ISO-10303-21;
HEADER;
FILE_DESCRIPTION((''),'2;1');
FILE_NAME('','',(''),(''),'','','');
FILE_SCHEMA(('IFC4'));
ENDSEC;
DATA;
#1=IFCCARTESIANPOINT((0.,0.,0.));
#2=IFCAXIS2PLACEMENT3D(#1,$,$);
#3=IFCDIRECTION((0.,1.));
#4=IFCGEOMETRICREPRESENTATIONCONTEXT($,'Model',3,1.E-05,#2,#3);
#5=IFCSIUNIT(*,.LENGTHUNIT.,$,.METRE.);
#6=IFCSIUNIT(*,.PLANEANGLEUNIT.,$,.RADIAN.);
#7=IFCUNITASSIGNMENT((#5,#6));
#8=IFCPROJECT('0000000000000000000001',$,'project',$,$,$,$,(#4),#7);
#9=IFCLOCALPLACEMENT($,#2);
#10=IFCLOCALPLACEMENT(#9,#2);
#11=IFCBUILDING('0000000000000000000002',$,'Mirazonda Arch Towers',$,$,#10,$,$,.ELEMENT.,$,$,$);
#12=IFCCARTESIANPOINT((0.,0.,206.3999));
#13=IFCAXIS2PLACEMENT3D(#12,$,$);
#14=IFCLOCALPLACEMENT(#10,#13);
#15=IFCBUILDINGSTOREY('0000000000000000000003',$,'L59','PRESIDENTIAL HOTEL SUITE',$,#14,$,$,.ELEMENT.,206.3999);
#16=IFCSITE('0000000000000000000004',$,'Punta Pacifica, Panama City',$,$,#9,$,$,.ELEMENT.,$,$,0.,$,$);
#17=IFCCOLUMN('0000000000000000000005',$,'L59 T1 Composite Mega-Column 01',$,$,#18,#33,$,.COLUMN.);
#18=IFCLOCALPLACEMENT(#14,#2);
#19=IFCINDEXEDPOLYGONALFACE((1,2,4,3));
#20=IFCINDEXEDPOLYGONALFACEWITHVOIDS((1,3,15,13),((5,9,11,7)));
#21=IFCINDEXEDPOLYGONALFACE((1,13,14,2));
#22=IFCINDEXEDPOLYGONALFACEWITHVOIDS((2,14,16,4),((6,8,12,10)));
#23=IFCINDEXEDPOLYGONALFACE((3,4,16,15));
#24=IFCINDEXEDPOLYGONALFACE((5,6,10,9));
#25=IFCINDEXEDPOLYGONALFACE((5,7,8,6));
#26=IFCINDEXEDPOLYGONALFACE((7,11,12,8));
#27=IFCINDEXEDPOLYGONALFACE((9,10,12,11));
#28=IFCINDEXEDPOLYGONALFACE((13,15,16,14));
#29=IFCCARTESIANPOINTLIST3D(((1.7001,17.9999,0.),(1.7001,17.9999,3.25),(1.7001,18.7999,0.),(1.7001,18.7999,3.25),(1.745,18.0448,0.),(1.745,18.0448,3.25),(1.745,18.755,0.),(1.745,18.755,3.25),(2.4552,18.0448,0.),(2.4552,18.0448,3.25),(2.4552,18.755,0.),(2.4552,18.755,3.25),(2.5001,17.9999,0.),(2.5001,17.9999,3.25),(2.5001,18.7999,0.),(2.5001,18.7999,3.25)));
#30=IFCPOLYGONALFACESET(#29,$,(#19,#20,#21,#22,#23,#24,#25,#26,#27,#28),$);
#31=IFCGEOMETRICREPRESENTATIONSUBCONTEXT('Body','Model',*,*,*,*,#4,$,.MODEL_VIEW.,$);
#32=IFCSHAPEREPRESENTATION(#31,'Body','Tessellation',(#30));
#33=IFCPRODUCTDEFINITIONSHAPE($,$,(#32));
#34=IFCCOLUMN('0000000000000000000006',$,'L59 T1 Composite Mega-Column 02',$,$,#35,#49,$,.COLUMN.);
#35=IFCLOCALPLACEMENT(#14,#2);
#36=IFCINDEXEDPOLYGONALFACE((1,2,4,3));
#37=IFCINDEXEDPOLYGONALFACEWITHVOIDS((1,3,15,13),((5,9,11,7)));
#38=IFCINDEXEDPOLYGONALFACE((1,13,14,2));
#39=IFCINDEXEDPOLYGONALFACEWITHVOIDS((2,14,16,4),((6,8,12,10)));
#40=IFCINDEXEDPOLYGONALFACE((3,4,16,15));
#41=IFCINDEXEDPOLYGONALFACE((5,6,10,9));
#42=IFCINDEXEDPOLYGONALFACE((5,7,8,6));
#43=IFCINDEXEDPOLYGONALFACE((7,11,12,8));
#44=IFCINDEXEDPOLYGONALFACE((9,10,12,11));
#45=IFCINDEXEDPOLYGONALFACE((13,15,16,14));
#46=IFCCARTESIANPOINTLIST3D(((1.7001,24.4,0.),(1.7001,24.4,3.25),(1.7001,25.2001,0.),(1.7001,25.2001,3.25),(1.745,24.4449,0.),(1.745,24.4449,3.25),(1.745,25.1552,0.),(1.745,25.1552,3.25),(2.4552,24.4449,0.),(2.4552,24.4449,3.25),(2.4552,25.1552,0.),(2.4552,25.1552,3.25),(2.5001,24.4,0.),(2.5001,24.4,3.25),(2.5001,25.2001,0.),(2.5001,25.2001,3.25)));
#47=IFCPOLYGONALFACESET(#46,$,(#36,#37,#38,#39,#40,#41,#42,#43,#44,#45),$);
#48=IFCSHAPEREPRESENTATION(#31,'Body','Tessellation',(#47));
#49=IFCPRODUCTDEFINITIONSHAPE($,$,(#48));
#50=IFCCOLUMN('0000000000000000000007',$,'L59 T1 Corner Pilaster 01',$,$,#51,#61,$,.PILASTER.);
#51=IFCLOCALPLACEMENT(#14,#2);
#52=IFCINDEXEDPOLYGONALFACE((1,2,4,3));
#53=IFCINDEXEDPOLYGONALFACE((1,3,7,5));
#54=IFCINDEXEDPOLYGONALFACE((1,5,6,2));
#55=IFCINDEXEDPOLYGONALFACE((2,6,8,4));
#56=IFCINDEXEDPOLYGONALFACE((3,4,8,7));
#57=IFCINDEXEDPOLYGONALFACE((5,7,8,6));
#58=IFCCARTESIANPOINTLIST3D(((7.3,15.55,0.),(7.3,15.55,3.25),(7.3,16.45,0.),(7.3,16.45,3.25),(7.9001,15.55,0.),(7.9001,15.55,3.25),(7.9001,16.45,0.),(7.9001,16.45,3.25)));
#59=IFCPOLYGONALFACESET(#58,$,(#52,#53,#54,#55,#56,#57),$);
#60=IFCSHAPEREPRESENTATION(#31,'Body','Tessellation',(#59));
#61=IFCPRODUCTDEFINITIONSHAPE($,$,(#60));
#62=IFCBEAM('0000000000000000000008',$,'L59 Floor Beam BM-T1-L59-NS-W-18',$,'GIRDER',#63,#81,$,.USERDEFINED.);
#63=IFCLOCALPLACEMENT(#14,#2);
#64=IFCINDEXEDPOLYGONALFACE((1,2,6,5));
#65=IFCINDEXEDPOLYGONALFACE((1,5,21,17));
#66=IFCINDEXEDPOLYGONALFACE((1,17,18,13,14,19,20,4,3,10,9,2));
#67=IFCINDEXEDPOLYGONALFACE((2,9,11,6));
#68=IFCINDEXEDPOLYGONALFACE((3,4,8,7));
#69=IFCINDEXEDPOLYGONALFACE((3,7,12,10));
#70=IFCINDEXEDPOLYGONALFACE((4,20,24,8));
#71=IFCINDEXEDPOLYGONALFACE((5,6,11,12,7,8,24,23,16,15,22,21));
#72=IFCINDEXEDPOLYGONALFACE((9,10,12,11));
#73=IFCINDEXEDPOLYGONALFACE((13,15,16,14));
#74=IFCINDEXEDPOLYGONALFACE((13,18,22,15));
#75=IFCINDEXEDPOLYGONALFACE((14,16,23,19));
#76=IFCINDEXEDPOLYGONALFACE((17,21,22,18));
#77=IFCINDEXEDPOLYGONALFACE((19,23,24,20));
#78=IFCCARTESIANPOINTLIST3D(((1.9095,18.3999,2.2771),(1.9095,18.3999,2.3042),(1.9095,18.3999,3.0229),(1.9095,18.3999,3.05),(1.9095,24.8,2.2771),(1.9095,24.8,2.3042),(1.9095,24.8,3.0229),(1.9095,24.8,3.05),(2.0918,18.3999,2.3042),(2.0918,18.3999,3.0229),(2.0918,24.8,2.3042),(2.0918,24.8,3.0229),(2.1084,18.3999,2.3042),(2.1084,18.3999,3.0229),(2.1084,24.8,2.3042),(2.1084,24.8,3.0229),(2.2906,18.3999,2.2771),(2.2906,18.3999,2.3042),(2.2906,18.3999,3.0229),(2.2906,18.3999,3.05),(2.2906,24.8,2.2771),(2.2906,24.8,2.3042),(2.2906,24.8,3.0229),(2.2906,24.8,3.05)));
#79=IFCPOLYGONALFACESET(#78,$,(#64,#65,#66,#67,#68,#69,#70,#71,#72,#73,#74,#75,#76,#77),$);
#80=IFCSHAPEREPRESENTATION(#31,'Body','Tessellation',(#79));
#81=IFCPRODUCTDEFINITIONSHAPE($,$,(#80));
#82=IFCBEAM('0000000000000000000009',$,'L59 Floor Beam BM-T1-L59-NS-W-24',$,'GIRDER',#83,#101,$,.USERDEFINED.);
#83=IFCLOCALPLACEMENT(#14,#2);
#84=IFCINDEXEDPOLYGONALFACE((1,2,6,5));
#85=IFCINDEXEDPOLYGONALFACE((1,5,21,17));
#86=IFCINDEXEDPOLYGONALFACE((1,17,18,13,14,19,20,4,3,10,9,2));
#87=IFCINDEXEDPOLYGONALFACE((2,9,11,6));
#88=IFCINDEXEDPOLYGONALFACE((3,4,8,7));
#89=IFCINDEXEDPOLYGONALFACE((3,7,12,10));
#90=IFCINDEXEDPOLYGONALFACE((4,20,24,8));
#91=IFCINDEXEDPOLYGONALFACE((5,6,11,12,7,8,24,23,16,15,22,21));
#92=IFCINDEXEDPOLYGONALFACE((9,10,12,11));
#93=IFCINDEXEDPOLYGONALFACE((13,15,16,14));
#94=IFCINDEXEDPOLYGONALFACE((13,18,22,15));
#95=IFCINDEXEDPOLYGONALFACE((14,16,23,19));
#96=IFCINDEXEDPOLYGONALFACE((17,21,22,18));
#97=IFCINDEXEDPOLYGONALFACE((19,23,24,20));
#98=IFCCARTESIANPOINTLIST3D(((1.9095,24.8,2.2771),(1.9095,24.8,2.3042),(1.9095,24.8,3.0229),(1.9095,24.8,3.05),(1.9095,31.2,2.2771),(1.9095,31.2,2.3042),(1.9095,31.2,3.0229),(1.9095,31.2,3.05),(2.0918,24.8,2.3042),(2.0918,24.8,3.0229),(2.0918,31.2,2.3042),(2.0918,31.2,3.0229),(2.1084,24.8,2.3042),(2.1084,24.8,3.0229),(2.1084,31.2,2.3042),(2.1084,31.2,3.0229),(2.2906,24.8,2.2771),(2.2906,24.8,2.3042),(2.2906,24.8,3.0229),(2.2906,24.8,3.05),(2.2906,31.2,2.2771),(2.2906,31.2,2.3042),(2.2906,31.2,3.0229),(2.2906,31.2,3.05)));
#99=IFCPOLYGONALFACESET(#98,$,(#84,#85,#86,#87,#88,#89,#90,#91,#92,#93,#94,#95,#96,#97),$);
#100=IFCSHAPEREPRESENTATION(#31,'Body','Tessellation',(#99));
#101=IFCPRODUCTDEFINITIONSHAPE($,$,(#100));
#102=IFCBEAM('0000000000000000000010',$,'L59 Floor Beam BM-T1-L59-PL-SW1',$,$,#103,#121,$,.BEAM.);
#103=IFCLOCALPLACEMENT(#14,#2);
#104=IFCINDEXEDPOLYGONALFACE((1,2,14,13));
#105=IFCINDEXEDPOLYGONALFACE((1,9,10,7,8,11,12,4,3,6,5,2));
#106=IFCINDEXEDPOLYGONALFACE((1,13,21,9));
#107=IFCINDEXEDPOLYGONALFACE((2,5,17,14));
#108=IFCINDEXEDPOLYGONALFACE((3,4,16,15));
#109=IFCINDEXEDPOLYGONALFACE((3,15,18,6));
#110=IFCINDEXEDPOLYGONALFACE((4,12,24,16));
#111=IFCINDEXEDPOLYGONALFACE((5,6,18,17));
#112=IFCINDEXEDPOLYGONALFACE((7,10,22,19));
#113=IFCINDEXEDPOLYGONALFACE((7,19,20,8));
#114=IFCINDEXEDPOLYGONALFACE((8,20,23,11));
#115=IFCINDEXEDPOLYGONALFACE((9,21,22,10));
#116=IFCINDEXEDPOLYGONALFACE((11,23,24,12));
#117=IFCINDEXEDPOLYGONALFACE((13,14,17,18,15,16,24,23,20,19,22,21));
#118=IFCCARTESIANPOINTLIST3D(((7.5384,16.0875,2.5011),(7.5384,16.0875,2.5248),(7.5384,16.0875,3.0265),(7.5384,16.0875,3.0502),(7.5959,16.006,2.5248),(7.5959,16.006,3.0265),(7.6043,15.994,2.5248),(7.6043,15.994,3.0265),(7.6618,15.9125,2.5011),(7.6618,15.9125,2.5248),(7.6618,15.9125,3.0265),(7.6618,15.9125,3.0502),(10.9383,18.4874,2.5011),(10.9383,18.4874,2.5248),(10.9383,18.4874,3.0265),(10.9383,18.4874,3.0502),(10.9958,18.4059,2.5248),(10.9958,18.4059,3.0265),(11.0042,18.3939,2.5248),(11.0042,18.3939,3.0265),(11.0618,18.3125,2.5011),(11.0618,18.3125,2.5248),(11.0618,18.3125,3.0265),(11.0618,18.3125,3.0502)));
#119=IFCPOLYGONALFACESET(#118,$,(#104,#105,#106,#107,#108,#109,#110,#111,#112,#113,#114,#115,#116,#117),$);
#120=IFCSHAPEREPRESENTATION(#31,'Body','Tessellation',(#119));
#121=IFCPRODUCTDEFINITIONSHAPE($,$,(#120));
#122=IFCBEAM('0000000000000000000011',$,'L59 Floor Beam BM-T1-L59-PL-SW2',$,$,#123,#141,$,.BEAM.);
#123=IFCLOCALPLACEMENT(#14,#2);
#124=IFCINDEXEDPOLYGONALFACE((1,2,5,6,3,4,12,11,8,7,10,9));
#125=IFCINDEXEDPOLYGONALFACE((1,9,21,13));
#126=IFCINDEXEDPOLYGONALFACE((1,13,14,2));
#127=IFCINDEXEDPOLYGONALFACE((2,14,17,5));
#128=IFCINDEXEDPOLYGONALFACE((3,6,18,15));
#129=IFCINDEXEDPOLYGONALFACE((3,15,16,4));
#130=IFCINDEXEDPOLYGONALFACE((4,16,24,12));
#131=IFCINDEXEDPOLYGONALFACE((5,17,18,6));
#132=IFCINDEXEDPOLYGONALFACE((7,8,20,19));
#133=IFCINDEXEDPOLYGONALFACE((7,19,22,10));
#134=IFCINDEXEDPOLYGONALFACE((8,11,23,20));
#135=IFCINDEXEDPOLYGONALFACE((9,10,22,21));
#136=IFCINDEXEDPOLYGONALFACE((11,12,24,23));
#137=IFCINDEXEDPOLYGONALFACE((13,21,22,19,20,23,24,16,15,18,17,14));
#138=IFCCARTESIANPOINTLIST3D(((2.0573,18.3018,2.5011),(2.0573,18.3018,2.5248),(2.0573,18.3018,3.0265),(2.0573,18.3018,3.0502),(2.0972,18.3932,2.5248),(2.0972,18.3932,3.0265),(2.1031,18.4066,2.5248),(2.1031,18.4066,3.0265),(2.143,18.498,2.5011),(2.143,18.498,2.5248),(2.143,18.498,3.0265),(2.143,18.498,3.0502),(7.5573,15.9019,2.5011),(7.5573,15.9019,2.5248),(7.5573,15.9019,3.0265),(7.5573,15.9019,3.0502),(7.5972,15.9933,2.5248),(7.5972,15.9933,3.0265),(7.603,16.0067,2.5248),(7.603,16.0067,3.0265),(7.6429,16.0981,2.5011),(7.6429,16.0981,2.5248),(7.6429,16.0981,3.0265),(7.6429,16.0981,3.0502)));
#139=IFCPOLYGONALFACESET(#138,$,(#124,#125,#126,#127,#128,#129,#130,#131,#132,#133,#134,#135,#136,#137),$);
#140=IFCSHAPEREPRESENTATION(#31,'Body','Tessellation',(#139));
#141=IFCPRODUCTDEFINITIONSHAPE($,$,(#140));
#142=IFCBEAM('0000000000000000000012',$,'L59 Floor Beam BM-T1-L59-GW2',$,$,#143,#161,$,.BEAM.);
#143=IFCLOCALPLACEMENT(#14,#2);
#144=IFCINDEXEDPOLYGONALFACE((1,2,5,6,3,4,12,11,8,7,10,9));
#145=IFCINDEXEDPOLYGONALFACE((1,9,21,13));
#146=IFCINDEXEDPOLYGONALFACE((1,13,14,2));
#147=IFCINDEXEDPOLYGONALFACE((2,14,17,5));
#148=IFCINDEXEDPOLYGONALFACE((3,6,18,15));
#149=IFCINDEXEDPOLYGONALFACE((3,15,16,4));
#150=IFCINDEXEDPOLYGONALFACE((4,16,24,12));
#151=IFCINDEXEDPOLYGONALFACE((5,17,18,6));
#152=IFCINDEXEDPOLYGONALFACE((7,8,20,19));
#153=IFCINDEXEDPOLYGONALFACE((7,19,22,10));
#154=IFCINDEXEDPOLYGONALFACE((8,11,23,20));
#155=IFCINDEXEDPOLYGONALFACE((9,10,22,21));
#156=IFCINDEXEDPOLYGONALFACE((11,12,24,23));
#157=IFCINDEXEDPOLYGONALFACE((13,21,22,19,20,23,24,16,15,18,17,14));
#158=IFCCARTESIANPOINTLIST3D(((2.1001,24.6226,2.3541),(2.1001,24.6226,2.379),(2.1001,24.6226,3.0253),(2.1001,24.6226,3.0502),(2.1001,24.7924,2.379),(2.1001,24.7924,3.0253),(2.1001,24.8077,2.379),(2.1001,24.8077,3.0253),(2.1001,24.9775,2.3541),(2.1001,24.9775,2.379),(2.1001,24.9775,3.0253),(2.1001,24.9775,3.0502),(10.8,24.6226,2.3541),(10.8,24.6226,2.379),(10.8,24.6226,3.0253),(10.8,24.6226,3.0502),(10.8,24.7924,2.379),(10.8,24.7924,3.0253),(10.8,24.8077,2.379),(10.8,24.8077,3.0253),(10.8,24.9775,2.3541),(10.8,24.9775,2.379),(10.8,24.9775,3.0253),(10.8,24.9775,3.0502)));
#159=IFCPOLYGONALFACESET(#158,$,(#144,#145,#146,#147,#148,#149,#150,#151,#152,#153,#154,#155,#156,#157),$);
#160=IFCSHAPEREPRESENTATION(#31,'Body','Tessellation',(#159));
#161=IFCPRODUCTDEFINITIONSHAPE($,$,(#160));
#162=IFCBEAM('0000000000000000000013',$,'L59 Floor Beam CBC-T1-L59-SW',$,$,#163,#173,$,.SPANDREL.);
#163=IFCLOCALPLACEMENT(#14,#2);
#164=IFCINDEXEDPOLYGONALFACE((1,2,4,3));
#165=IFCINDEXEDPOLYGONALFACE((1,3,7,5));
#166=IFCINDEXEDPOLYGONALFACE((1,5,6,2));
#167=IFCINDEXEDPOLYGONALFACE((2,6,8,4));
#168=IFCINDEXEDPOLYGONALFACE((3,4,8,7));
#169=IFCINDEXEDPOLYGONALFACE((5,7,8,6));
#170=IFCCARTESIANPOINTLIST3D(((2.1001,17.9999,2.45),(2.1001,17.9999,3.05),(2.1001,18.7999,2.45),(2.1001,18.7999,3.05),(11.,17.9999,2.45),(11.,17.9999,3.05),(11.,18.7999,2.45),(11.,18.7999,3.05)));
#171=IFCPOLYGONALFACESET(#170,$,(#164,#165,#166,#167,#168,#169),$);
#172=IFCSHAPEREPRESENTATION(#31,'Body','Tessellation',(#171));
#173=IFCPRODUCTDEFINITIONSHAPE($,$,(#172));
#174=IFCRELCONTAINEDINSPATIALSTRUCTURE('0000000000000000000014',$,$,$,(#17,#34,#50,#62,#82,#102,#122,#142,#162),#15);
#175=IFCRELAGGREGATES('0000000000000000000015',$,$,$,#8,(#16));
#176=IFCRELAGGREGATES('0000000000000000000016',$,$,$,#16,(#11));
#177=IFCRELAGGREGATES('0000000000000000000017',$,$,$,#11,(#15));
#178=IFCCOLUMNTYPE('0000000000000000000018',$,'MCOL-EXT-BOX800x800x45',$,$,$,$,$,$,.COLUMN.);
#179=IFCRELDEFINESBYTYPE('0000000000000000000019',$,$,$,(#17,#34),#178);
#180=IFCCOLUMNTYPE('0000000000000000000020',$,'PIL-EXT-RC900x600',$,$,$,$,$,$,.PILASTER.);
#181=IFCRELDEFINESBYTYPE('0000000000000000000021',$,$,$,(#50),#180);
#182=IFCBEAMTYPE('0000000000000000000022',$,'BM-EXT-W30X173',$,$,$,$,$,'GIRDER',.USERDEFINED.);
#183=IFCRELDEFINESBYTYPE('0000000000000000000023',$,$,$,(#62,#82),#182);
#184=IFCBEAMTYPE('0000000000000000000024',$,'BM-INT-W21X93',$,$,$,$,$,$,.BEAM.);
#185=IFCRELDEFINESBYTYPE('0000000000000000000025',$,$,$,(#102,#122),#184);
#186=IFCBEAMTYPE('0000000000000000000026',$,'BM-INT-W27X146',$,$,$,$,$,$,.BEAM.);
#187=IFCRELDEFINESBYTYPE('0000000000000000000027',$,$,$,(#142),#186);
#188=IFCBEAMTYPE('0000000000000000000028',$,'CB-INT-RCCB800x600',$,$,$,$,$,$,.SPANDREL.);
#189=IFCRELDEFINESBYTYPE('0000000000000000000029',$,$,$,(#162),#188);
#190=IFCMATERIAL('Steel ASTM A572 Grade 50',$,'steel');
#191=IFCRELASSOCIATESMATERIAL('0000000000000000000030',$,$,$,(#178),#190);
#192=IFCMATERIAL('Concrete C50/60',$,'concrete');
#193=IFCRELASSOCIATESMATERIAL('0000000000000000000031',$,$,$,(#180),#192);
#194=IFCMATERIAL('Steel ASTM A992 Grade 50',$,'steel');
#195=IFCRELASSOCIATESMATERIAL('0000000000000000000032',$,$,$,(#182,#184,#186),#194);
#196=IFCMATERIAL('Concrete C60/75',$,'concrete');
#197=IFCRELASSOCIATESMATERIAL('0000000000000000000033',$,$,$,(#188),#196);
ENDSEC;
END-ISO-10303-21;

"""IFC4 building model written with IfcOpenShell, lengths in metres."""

from ifc_helpers import new_model, si_unit, direction, frame, origin, origin_2d, place, context, subcontext, project, spatial, rectangle, hollow_rectangle, i_section, extrude, material, material_profile, profile_set, type_object, element, save


model = new_model("IFC4")

# Units and contexts
model_context = context("Model", 3, precision=1e-05, world=origin(), true_north=direction((0.0, 1.0)))
body_context = subcontext(model_context, "Body", "Model", "MODEL_VIEW")
ifc_project = project(units=[si_unit("LENGTHUNIT", "METRE"), si_unit("PLANEANGLEUNIT", "RADIAN")], contexts=[model_context])

# Site, building, storey
site_placement = place(None, origin())
site = spatial("IfcSite", under=ifc_project, at=site_placement, Name="Punta Pacifica, Panama City", CompositionType="ELEMENT", RefElevation=0.0)
building_placement = place(site_placement, origin())
building = spatial("IfcBuilding", under=site, at=building_placement, Name="Mirazonda Arch Towers", CompositionType="ELEMENT")
storey_placement = place(building_placement, frame((0.0, 0.0, 206.3999)))
storey = spatial("IfcBuildingStorey", under=building, at=storey_placement, Name="L59", Description="PRESIDENTIAL HOTEL SUITE", CompositionType="ELEMENT", Elevation=206.3999)

# Columns
ifc_material_1 = material(Name="Steel ASTM A572 Grade 50", Category="steel")
ifc_material_profile_1 = material_profile(ifc_material_1, hollow_rectangle(XDim=0.8, YDim=0.8, WallThickness=0.0449, at=origin_2d()), Name="BOX800x800x45")
ifc_profile_set_1 = profile_set([ifc_material_profile_1], Name="Steel ASTM A572 Grade 50")
column_type_1 = type_object("IfcColumnType", Name="MCOL-EXT-BOX800x800x45", PredefinedType="COLUMN", material=ifc_profile_set_1)
for number, where, z_axis, x_axis, name in (
    (1, (2.1001, 18.3999, 0.0), (0.0, 0.0, 1.0), (1.0, 0.0, 0.0), "L59 T1 Composite Mega-Column 01"),
    (2, (2.1001, 24.8, 0.0), (0.0, 0.0, 1.0), (1.0, 0.0, 0.0), "L59 T1 Composite Mega-Column 02"),
):
    element("IfcColumn", number, at=place(storey_placement, frame(where, z_axis=z_axis, x_axis=x_axis)), inside=storey, type_object=column_type_1, Name=name, PredefinedType="COLUMN", context=body_context, shape_type="SweptSolid", body=[
        extrude(hollow_rectangle(XDim=0.8, YDim=0.8, WallThickness=0.0449, at=origin_2d()), origin(), (0.0, 0.0, 1.0), 3.25),
    ])
ifc_material_2 = material(Name="Concrete C50/60", Category="concrete")
ifc_material_profile_2 = material_profile(ifc_material_2, rectangle(XDim=0.6001, YDim=0.8999, at=origin_2d()), Name="RC900x600")
ifc_profile_set_2 = profile_set([ifc_material_profile_2], Name="Concrete C50/60")
column_type_2 = type_object("IfcColumnType", Name="PIL-EXT-RC900x600", PredefinedType="PILASTER", material=ifc_profile_set_2)
column_placement = place(storey_placement, frame((7.6001, 16.0, 0.0), z_axis=(0.0, 0.0, 1.0), x_axis=(1.0, 0.0, 0.0)))
element("IfcColumn", 3, at=column_placement, inside=storey, type_object=column_type_2, Name="L59 T1 Corner Pilaster 01", PredefinedType="PILASTER", context=body_context, shape_type="SweptSolid", body=[
    extrude(rectangle(XDim=0.6001, YDim=0.8999, at=origin_2d()), origin(), (0.0, 0.0, 1.0), 3.25),
])

# Beams
ifc_material_3 = material(Name="Steel ASTM A992 Grade 50", Category="steel")
ifc_material_profile_3 = material_profile(ifc_material_3, i_section(OverallWidth=0.3811, OverallDepth=0.7729, WebThickness=0.0166, FlangeThickness=0.0271, at=origin_2d()), Name="W30X173")
ifc_profile_set_3 = profile_set([ifc_material_profile_3], Name="Steel ASTM A992 Grade 50")
beam_type_1 = type_object("IfcBeamType", Name="BM-EXT-W30X173", ElementType="GIRDER", PredefinedType="USERDEFINED", material=ifc_profile_set_3)
beam_1_placement = place(storey_placement, frame((2.1001, 18.3999, 2.6636), z_axis=(0.0, 1.0, 0.0), x_axis=(-1.0, 0.0, 0.0)))
element("IfcBeam", 4, at=beam_1_placement, inside=storey, type_object=beam_type_1, Name="L59 Floor Beam BM-T1-L59-NS-W-18", ObjectType="GIRDER", PredefinedType="USERDEFINED", context=body_context, shape_type="SweptSolid", body=[
    extrude(i_section(OverallWidth=0.3811, OverallDepth=0.7729, WebThickness=0.0166, FlangeThickness=0.0271, at=origin_2d()), origin(), (0.0, 0.0, 1.0), 6.4001),
])
beam_2_placement = place(storey_placement, frame((2.1001, 24.8, 2.6636), z_axis=(0.0, 1.0, 0.0), x_axis=(-1.0, 0.0, 0.0)))
element("IfcBeam", 5, at=beam_2_placement, inside=storey, type_object=beam_type_1, Name="L59 Floor Beam BM-T1-L59-NS-W-24", ObjectType="GIRDER", PredefinedType="USERDEFINED", context=body_context, shape_type="SweptSolid", body=[
    extrude(i_section(OverallWidth=0.3811, OverallDepth=0.7729, WebThickness=0.0166, FlangeThickness=0.0271, at=origin_2d()), origin(), (0.0, 0.0, 1.0), 6.3999),
])
ifc_material_profile_4 = material_profile(ifc_material_3, i_section(OverallWidth=0.2141, OverallDepth=0.5491, WebThickness=0.0146, FlangeThickness=0.0237, at=origin_2d()), Name="W21X93")
ifc_profile_set_4 = profile_set([ifc_material_profile_4], Name="Steel ASTM A992 Grade 50")
beam_type_2 = type_object("IfcBeamType", Name="BM-INT-W21X93", PredefinedType="BEAM", material=ifc_profile_set_4)
beam_3_placement = place(storey_placement, frame((7.6001, 16.0, 2.7756), z_axis=(0.816971, 0.576679, 0.0), x_axis=(-0.576679, 0.816971, 0.0)))
element("IfcBeam", 6, at=beam_3_placement, inside=storey, type_object=beam_type_2, Name="L59 Floor Beam BM-T1-L59-PL-SW1", PredefinedType="BEAM", context=body_context, shape_type="SweptSolid", body=[
    extrude(i_section(OverallWidth=0.2141, OverallDepth=0.5491, WebThickness=0.0146, FlangeThickness=0.0237, at=origin_2d()), origin(), (0.0, 0.0, 1.0), 4.1616),
])
beam_4_placement = place(storey_placement, frame((7.6001, 16.0, 2.7756), z_axis=(-0.916545, 0.399931, 0.0), x_axis=(-0.399931, -0.916545, 0.0)))
element("IfcBeam", 7, at=beam_4_placement, inside=storey, type_object=beam_type_2, Name="L59 Floor Beam BM-T1-L59-PL-SW2", PredefinedType="BEAM", context=body_context, shape_type="SweptSolid", body=[
    extrude(i_section(OverallWidth=0.2141, OverallDepth=0.5491, WebThickness=0.0146, FlangeThickness=0.0237, at=origin_2d()), origin(), (0.0, 0.0, 1.0), 6.0007),
])
ifc_material_profile_5 = material_profile(ifc_material_3, i_section(OverallWidth=0.355, OverallDepth=0.696, WebThickness=0.0154, FlangeThickness=0.0249, at=origin_2d()), Name="W27X146")
ifc_profile_set_5 = profile_set([ifc_material_profile_5], Name="Steel ASTM A992 Grade 50")
beam_type_3 = type_object("IfcBeamType", Name="BM-INT-W27X146", PredefinedType="BEAM", material=ifc_profile_set_5)
beam_5_placement = place(storey_placement, frame((2.1001, 24.8, 2.7021), z_axis=(1.0, 0.0, 0.0), x_axis=(0.0, 1.0, 0.0)))
element("IfcBeam", 8, at=beam_5_placement, inside=storey, type_object=beam_type_3, Name="L59 Floor Beam BM-T1-L59-GW2", PredefinedType="BEAM", context=body_context, shape_type="SweptSolid", body=[
    extrude(i_section(OverallWidth=0.355, OverallDepth=0.696, WebThickness=0.0154, FlangeThickness=0.0249, at=origin_2d()), origin(), (0.0, 0.0, 1.0), 8.7),
])
ifc_material_4 = material(Name="Concrete C60/75", Category="concrete")
ifc_material_profile_6 = material_profile(ifc_material_4, rectangle(XDim=0.8, YDim=0.6001, at=origin_2d()), Name="RCCB800x600")
ifc_profile_set_6 = profile_set([ifc_material_profile_6], Name="Concrete C60/75")
beam_type_4 = type_object("IfcBeamType", Name="CB-INT-RCCB800x600", PredefinedType="SPANDREL", material=ifc_profile_set_6)
beam_6_placement = place(storey_placement, frame((2.1001, 18.3999, 2.75), z_axis=(1.0, 0.0, 0.0), x_axis=(0.0, 1.0, 0.0)))
element("IfcBeam", 9, at=beam_6_placement, inside=storey, type_object=beam_type_4, Name="L59 Floor Beam CBC-T1-L59-SW", PredefinedType="SPANDREL", context=body_context, shape_type="SweptSolid", body=[
    extrude(rectangle(XDim=0.8, YDim=0.6001, at=origin_2d()), origin(), (0.0, 0.0, 1.0), 8.8999),
])

save(model, "model.ifc")
